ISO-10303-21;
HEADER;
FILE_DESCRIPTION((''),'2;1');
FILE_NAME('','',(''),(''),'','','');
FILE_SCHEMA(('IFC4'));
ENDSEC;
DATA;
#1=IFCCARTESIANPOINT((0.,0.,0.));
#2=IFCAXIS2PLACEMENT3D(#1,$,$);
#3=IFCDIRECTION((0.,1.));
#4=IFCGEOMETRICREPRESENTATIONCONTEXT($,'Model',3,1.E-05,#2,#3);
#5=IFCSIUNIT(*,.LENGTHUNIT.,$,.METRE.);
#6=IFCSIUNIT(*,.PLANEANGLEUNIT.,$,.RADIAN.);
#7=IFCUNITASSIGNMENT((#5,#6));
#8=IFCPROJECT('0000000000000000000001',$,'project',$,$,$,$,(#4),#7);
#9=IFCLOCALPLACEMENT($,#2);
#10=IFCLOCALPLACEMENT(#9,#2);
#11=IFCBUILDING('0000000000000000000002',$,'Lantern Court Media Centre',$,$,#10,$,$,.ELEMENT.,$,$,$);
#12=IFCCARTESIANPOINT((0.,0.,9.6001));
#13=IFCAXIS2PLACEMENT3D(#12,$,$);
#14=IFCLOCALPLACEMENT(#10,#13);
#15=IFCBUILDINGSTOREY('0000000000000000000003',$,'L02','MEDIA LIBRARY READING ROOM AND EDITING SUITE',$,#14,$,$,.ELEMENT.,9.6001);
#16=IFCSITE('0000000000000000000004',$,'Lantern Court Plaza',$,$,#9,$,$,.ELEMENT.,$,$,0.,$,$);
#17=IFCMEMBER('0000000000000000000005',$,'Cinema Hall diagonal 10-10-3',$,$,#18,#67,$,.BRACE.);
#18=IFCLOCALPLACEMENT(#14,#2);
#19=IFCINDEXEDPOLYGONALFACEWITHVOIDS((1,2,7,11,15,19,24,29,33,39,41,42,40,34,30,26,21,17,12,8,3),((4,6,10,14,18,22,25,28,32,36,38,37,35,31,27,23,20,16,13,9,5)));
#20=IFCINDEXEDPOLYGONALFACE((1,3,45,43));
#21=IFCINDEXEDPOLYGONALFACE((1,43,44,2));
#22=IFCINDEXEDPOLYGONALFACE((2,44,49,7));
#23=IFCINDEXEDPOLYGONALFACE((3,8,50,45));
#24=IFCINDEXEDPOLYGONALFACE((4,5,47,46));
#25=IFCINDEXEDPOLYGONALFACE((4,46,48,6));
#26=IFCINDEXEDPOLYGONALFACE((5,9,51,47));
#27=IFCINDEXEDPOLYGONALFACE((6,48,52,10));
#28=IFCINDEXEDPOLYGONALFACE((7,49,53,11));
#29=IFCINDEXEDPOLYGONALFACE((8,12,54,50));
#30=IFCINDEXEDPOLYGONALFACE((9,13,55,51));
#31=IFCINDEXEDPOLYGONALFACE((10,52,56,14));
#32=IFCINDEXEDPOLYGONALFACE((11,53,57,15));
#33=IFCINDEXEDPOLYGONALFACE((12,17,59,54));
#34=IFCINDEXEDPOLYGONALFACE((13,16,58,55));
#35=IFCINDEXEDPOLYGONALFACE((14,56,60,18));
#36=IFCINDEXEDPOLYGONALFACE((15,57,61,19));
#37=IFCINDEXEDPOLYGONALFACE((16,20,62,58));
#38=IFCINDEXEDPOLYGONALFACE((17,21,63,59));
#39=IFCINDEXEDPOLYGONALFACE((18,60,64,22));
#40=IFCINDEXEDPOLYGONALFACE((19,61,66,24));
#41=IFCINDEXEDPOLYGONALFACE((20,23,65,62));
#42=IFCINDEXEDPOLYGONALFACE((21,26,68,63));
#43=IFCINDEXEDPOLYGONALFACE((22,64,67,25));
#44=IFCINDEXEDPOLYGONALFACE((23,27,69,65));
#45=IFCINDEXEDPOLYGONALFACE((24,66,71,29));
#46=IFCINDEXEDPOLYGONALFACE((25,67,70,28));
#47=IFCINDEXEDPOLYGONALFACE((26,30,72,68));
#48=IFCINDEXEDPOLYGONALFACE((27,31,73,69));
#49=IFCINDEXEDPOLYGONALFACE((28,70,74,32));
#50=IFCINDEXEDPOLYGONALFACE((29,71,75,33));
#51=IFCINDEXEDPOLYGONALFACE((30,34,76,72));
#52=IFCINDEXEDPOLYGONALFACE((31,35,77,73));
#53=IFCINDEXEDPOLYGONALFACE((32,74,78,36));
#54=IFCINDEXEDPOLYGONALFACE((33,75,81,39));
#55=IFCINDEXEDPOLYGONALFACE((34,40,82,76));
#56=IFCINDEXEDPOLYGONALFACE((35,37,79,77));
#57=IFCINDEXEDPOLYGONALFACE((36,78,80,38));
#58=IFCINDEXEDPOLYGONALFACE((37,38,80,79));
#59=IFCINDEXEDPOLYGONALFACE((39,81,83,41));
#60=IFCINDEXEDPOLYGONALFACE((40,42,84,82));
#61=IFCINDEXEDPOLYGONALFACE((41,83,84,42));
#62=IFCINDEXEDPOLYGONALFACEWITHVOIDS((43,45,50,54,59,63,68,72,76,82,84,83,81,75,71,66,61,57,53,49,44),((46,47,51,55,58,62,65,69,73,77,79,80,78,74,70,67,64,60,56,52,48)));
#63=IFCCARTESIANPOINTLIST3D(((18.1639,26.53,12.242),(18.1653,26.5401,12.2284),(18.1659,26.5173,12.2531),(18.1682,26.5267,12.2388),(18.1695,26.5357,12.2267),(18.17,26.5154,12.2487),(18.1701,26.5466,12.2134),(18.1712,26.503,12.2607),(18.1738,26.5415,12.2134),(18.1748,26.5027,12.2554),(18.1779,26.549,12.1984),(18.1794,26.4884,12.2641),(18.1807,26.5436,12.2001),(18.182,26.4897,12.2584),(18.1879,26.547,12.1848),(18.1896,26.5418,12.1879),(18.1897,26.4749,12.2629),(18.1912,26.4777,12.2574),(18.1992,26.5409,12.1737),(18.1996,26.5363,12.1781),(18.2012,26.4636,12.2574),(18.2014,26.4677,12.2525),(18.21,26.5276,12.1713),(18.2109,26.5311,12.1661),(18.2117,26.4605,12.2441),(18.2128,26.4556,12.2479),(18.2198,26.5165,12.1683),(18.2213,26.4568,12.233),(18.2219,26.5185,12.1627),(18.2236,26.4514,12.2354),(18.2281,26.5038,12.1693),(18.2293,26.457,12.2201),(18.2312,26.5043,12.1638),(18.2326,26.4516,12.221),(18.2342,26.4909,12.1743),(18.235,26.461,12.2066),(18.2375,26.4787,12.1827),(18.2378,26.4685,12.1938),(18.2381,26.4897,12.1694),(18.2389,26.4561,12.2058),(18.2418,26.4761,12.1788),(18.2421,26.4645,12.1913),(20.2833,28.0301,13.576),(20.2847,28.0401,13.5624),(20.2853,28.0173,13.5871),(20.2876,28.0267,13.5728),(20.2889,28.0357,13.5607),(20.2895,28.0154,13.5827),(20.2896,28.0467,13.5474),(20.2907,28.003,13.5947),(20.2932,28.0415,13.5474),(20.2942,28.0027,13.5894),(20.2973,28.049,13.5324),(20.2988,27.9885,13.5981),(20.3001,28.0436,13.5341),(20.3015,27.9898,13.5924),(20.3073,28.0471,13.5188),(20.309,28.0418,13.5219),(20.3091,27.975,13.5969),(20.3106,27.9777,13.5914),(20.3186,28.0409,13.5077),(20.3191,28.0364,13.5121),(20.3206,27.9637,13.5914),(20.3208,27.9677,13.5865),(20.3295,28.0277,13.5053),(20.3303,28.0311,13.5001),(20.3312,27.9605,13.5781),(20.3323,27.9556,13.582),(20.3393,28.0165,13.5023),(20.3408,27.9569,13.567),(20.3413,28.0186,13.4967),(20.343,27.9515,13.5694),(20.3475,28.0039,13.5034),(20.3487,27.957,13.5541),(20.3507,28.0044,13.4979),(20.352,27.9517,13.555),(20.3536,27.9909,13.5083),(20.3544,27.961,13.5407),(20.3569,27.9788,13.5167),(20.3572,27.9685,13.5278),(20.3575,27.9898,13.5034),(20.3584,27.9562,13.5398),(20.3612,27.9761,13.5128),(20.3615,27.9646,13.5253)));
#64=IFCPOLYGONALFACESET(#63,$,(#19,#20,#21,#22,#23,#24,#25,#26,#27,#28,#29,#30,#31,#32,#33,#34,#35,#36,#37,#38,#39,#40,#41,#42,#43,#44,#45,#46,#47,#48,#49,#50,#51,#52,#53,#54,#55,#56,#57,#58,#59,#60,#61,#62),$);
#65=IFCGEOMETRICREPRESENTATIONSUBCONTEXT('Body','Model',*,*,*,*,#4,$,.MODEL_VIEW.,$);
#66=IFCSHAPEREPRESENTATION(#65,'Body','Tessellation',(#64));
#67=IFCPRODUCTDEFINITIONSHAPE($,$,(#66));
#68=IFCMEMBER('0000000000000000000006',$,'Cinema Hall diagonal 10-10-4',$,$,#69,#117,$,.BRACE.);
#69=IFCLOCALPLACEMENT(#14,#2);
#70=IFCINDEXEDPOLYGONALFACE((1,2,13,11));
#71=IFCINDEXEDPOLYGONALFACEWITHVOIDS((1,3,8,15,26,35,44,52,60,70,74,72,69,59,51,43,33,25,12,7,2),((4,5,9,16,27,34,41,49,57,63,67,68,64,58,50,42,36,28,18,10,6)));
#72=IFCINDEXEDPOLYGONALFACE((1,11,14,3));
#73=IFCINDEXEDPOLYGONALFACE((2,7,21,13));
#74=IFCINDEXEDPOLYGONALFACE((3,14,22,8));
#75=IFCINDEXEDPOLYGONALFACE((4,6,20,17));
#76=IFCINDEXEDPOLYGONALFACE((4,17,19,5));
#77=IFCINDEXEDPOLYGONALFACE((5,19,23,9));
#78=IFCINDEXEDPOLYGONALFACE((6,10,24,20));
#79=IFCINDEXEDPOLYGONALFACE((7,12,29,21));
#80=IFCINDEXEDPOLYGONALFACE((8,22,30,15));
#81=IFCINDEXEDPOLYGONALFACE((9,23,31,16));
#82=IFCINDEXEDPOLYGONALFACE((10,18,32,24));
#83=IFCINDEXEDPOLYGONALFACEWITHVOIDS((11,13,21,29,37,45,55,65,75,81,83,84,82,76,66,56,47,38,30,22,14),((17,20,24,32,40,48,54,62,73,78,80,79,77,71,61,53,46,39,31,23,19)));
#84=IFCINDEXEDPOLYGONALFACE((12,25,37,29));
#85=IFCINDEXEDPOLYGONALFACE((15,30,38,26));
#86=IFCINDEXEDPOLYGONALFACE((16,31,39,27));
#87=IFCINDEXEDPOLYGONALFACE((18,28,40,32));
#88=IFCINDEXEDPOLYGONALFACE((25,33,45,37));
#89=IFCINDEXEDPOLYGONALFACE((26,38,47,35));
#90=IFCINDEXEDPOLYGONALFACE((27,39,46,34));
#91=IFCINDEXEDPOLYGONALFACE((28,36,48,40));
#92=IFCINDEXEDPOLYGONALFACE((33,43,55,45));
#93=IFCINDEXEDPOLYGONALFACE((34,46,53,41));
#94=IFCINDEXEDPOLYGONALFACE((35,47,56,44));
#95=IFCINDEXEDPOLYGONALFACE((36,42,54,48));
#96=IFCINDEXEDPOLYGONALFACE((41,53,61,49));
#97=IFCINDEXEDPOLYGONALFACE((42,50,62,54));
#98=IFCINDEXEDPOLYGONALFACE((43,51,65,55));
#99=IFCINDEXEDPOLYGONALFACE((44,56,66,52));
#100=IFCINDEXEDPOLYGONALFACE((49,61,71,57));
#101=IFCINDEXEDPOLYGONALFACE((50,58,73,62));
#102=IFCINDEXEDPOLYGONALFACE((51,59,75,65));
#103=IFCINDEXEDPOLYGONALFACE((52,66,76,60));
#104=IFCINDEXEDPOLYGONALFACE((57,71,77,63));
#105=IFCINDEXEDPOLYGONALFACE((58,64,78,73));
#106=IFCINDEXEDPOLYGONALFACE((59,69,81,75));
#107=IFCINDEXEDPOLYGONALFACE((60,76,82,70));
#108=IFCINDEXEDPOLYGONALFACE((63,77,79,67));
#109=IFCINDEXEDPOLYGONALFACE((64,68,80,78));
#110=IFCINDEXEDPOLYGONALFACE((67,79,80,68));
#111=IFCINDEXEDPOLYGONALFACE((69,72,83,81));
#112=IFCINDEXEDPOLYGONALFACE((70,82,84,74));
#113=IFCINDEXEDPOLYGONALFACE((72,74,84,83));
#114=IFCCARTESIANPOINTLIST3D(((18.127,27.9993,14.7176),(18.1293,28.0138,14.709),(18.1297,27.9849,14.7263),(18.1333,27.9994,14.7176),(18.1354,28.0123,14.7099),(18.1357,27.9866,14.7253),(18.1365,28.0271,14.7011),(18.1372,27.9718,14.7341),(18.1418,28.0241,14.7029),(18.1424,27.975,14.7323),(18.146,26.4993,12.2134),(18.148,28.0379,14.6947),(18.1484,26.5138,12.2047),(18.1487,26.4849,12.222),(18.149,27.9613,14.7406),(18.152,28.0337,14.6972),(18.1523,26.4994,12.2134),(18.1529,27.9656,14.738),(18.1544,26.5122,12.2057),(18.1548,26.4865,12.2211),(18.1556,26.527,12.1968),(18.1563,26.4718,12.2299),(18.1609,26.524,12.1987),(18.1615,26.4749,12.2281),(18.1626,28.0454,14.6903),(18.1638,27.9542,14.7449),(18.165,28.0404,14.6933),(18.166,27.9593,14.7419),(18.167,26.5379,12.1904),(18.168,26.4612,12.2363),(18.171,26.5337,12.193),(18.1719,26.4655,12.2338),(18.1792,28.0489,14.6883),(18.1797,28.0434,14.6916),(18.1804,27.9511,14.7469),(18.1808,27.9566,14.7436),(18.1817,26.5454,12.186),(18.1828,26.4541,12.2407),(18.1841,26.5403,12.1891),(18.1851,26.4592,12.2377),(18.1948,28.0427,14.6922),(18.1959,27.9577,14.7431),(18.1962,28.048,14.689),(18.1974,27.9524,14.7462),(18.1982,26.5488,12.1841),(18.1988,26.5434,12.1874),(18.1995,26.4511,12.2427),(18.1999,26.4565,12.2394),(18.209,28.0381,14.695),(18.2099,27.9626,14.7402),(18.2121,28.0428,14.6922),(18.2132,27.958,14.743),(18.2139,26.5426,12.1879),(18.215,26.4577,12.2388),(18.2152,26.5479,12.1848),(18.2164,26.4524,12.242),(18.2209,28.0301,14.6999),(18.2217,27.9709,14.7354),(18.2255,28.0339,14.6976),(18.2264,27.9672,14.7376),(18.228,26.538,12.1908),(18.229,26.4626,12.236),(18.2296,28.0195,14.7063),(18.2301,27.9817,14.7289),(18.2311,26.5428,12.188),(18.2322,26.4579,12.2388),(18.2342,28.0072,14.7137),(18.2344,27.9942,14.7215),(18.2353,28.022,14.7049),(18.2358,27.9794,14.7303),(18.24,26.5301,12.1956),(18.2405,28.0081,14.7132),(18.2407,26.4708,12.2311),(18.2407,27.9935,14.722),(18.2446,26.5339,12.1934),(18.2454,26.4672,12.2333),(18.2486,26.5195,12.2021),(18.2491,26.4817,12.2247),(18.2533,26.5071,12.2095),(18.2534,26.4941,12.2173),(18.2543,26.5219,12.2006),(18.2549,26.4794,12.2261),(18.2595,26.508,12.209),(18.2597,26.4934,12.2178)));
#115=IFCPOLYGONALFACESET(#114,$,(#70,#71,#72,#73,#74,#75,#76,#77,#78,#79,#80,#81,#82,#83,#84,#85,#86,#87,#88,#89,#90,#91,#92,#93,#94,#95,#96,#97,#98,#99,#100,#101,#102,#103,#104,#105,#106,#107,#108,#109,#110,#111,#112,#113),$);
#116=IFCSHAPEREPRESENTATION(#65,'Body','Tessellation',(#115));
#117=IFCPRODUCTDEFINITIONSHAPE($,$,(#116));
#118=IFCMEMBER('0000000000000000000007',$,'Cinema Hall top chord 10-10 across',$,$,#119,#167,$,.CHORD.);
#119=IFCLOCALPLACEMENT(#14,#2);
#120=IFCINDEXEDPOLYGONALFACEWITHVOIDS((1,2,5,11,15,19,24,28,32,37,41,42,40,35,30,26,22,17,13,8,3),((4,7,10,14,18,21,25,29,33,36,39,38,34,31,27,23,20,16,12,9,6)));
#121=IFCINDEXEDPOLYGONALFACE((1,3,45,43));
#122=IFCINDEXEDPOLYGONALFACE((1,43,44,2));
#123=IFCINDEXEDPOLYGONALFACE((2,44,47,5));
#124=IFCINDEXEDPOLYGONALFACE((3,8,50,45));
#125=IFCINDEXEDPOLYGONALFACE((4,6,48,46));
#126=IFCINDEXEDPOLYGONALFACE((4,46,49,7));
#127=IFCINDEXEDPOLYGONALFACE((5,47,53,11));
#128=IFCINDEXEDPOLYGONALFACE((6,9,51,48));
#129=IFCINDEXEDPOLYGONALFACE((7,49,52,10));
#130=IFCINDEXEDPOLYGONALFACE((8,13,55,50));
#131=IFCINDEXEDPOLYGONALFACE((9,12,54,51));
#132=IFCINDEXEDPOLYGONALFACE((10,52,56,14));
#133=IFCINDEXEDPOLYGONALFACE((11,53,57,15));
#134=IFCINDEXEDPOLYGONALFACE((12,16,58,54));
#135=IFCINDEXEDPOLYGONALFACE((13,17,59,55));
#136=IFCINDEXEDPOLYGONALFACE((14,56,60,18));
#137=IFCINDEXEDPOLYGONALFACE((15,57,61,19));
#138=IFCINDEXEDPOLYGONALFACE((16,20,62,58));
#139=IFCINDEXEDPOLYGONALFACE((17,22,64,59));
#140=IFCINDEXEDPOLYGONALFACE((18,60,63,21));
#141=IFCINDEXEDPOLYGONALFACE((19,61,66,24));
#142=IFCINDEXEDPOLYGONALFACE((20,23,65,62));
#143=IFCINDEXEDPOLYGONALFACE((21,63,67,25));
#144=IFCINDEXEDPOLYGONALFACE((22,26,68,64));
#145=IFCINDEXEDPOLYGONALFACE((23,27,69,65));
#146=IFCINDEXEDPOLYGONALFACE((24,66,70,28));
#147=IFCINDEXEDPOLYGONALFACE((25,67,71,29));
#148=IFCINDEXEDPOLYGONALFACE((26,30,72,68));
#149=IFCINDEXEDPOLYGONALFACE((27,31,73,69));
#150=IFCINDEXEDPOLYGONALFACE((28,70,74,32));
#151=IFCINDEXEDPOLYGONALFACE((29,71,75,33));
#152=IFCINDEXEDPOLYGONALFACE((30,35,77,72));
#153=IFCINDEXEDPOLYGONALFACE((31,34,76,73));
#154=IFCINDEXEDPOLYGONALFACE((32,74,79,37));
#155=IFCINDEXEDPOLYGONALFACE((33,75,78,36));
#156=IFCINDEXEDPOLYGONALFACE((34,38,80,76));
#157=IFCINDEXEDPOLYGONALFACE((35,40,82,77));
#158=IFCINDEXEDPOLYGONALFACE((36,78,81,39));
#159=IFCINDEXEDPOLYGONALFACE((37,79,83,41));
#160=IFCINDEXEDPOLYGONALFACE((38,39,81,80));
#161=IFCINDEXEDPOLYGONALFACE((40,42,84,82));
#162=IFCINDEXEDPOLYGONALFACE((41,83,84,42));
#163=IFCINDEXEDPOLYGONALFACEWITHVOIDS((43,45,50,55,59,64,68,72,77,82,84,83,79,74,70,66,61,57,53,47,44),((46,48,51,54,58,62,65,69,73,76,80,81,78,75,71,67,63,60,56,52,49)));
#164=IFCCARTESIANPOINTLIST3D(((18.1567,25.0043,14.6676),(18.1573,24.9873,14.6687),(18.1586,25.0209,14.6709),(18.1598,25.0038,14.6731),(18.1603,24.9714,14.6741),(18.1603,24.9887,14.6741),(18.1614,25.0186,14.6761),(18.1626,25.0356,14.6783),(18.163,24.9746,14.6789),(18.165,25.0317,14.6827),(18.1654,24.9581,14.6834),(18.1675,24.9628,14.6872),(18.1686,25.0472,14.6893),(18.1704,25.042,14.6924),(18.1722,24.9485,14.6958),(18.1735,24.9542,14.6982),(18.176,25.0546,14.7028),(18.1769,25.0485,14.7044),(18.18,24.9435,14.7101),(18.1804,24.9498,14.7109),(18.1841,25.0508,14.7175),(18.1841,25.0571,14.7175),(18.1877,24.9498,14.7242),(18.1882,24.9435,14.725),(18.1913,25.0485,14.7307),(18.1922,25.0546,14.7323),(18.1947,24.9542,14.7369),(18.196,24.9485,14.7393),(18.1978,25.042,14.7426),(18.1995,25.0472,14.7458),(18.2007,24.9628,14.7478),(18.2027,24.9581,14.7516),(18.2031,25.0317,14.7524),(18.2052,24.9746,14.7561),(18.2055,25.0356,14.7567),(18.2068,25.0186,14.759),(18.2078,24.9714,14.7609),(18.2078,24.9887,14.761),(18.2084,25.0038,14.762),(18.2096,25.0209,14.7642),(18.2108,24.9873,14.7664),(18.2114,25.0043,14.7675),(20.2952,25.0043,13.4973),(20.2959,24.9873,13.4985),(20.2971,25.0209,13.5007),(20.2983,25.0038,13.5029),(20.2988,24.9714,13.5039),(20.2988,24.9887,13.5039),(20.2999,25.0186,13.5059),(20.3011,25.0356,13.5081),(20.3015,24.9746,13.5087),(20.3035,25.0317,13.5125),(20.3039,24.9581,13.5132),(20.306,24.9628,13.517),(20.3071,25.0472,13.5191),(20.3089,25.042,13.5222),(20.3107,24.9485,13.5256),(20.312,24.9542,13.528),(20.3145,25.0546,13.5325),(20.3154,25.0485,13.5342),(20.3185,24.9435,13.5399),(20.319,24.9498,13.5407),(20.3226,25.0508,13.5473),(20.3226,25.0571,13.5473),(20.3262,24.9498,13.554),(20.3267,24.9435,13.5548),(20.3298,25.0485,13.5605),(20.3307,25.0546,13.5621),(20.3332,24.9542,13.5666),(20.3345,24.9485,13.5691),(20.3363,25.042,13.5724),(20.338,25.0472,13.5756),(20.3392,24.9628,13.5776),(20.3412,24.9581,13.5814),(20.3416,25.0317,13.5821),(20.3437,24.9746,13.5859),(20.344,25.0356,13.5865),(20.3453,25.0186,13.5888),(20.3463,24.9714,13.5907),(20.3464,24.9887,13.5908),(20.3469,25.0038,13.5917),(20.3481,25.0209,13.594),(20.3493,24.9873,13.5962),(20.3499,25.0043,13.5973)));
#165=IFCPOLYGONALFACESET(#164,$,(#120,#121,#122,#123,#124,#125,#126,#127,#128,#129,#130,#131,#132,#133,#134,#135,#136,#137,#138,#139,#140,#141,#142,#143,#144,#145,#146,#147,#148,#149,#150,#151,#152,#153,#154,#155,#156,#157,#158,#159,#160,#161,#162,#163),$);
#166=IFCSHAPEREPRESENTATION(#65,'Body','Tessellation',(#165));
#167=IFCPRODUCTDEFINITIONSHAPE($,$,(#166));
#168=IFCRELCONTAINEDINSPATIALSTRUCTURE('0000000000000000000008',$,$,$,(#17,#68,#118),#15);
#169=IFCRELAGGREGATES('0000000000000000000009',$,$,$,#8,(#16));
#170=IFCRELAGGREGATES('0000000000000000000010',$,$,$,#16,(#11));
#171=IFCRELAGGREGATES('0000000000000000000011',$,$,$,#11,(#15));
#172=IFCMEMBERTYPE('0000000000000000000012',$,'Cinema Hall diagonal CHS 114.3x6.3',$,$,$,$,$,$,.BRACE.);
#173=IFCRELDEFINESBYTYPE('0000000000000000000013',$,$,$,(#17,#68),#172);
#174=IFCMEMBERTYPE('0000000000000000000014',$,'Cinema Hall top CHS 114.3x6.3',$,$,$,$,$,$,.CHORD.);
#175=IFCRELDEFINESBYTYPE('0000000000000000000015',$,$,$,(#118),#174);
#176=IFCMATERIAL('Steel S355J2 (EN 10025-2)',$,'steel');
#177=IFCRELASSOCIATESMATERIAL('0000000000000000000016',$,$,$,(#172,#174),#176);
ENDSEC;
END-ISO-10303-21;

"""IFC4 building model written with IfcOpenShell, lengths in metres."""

from ifc_helpers import new_model, si_unit, direction, frame, origin, origin_2d, place, context, subcontext, project, spatial, hollow_circle, extrude, material, material_profile, profile_set, type_object, element, save


model = new_model("IFC4")

# Units and contexts
model_context = context("Model", 3, precision=1e-05, world=origin(), true_north=direction((0.0, 1.0)))
body_context = subcontext(model_context, "Body", "Model", "MODEL_VIEW")
ifc_project = project(units=[si_unit("LENGTHUNIT", "METRE"), si_unit("PLANEANGLEUNIT", "RADIAN")], contexts=[model_context])

# Site, building, storey
site_placement = place(None, origin())
site = spatial("IfcSite", under=ifc_project, at=site_placement, Name="Lantern Court Plaza", CompositionType="ELEMENT", RefElevation=0.0)
building_placement = place(site_placement, origin())
building = spatial("IfcBuilding", under=site, at=building_placement, Name="Lantern Court Media Centre", CompositionType="ELEMENT")
storey_placement = place(building_placement, frame((0.0, 0.0, 9.6001)))
storey = spatial("IfcBuildingStorey", under=building, at=storey_placement, Name="L02", Description="MEDIA LIBRARY READING ROOM AND EDITING SUITE", CompositionType="ELEMENT", Elevation=9.6001)

# Members
ifc_material = material(Name="Steel S355J2 (EN 10025-2)", Category="steel")
ifc_material_profile_1 = material_profile(ifc_material, hollow_circle(Radius=0.0571, WallThickness=0.0063, at=origin_2d()), Name="Cinema Hall diagonal CHS 114.3x6.3")
ifc_profile_set_1 = profile_set([ifc_material_profile_1], Name="Steel S355J2 (EN 10025-2)")
member_type_1 = type_object("IfcMemberType", Name="Cinema Hall diagonal CHS 114.3x6.3", PredefinedType="BRACE", material=ifc_profile_set_1)
for number, where, z_axis, x_axis, name in (
    (1, (18.2031, 26.5, 12.2134), (0.726034, 0.513852, 0.45698), (-0.577702, 0.816248, 0.0), "Cinema Hall diagonal 10-10-3"),
    (2, (18.2031, 26.5, 12.2134), (-0.006524, 0.513857, 0.857851), (-0.999919, -0.012694, 0.0), "Cinema Hall diagonal 10-10-4"),
):
    element("IfcMember", number, at=place(storey_placement, frame(where, z_axis=z_axis, x_axis=x_axis)), inside=storey, type_object=member_type_1, Name=name, PredefinedType="BRACE", context=body_context, shape_type="SweptSolid", body=[
        extrude(hollow_circle(Radius=0.0571, WallThickness=0.0063, at=origin_2d()), origin(), (0.0, 0.0, 1.0), 2.9192),
    ])
ifc_material_profile_2 = material_profile(ifc_material, hollow_circle(Radius=0.0571, WallThickness=0.0063, at=origin_2d()), Name="Cinema Hall top CHS 114.3x6.3")
ifc_profile_set_2 = profile_set([ifc_material_profile_2], Name="Steel S355J2 (EN 10025-2)")
member_type_2 = type_object("IfcMemberType", Name="Cinema Hall top CHS 114.3x6.3", PredefinedType="CHORD", material=ifc_profile_set_2)
member_1_placement = place(storey_placement, frame((18.1841, 25.0, 14.7175), z_axis=(0.877248, 0.0, -0.480038), x_axis=(0.0, 1.0, 0.0)))
element("IfcMember", 3, at=member_1_placement, inside=storey, type_object=member_type_2, Name="Cinema Hall top chord 10-10 across", PredefinedType="CHORD", context=body_context, shape_type="SweptSolid", body=[
    extrude(hollow_circle(Radius=0.0571, WallThickness=0.0063, at=origin_2d()), origin(), (0.0, 0.0, 1.0), 2.4377),
])

save(model, "model.ifc")
